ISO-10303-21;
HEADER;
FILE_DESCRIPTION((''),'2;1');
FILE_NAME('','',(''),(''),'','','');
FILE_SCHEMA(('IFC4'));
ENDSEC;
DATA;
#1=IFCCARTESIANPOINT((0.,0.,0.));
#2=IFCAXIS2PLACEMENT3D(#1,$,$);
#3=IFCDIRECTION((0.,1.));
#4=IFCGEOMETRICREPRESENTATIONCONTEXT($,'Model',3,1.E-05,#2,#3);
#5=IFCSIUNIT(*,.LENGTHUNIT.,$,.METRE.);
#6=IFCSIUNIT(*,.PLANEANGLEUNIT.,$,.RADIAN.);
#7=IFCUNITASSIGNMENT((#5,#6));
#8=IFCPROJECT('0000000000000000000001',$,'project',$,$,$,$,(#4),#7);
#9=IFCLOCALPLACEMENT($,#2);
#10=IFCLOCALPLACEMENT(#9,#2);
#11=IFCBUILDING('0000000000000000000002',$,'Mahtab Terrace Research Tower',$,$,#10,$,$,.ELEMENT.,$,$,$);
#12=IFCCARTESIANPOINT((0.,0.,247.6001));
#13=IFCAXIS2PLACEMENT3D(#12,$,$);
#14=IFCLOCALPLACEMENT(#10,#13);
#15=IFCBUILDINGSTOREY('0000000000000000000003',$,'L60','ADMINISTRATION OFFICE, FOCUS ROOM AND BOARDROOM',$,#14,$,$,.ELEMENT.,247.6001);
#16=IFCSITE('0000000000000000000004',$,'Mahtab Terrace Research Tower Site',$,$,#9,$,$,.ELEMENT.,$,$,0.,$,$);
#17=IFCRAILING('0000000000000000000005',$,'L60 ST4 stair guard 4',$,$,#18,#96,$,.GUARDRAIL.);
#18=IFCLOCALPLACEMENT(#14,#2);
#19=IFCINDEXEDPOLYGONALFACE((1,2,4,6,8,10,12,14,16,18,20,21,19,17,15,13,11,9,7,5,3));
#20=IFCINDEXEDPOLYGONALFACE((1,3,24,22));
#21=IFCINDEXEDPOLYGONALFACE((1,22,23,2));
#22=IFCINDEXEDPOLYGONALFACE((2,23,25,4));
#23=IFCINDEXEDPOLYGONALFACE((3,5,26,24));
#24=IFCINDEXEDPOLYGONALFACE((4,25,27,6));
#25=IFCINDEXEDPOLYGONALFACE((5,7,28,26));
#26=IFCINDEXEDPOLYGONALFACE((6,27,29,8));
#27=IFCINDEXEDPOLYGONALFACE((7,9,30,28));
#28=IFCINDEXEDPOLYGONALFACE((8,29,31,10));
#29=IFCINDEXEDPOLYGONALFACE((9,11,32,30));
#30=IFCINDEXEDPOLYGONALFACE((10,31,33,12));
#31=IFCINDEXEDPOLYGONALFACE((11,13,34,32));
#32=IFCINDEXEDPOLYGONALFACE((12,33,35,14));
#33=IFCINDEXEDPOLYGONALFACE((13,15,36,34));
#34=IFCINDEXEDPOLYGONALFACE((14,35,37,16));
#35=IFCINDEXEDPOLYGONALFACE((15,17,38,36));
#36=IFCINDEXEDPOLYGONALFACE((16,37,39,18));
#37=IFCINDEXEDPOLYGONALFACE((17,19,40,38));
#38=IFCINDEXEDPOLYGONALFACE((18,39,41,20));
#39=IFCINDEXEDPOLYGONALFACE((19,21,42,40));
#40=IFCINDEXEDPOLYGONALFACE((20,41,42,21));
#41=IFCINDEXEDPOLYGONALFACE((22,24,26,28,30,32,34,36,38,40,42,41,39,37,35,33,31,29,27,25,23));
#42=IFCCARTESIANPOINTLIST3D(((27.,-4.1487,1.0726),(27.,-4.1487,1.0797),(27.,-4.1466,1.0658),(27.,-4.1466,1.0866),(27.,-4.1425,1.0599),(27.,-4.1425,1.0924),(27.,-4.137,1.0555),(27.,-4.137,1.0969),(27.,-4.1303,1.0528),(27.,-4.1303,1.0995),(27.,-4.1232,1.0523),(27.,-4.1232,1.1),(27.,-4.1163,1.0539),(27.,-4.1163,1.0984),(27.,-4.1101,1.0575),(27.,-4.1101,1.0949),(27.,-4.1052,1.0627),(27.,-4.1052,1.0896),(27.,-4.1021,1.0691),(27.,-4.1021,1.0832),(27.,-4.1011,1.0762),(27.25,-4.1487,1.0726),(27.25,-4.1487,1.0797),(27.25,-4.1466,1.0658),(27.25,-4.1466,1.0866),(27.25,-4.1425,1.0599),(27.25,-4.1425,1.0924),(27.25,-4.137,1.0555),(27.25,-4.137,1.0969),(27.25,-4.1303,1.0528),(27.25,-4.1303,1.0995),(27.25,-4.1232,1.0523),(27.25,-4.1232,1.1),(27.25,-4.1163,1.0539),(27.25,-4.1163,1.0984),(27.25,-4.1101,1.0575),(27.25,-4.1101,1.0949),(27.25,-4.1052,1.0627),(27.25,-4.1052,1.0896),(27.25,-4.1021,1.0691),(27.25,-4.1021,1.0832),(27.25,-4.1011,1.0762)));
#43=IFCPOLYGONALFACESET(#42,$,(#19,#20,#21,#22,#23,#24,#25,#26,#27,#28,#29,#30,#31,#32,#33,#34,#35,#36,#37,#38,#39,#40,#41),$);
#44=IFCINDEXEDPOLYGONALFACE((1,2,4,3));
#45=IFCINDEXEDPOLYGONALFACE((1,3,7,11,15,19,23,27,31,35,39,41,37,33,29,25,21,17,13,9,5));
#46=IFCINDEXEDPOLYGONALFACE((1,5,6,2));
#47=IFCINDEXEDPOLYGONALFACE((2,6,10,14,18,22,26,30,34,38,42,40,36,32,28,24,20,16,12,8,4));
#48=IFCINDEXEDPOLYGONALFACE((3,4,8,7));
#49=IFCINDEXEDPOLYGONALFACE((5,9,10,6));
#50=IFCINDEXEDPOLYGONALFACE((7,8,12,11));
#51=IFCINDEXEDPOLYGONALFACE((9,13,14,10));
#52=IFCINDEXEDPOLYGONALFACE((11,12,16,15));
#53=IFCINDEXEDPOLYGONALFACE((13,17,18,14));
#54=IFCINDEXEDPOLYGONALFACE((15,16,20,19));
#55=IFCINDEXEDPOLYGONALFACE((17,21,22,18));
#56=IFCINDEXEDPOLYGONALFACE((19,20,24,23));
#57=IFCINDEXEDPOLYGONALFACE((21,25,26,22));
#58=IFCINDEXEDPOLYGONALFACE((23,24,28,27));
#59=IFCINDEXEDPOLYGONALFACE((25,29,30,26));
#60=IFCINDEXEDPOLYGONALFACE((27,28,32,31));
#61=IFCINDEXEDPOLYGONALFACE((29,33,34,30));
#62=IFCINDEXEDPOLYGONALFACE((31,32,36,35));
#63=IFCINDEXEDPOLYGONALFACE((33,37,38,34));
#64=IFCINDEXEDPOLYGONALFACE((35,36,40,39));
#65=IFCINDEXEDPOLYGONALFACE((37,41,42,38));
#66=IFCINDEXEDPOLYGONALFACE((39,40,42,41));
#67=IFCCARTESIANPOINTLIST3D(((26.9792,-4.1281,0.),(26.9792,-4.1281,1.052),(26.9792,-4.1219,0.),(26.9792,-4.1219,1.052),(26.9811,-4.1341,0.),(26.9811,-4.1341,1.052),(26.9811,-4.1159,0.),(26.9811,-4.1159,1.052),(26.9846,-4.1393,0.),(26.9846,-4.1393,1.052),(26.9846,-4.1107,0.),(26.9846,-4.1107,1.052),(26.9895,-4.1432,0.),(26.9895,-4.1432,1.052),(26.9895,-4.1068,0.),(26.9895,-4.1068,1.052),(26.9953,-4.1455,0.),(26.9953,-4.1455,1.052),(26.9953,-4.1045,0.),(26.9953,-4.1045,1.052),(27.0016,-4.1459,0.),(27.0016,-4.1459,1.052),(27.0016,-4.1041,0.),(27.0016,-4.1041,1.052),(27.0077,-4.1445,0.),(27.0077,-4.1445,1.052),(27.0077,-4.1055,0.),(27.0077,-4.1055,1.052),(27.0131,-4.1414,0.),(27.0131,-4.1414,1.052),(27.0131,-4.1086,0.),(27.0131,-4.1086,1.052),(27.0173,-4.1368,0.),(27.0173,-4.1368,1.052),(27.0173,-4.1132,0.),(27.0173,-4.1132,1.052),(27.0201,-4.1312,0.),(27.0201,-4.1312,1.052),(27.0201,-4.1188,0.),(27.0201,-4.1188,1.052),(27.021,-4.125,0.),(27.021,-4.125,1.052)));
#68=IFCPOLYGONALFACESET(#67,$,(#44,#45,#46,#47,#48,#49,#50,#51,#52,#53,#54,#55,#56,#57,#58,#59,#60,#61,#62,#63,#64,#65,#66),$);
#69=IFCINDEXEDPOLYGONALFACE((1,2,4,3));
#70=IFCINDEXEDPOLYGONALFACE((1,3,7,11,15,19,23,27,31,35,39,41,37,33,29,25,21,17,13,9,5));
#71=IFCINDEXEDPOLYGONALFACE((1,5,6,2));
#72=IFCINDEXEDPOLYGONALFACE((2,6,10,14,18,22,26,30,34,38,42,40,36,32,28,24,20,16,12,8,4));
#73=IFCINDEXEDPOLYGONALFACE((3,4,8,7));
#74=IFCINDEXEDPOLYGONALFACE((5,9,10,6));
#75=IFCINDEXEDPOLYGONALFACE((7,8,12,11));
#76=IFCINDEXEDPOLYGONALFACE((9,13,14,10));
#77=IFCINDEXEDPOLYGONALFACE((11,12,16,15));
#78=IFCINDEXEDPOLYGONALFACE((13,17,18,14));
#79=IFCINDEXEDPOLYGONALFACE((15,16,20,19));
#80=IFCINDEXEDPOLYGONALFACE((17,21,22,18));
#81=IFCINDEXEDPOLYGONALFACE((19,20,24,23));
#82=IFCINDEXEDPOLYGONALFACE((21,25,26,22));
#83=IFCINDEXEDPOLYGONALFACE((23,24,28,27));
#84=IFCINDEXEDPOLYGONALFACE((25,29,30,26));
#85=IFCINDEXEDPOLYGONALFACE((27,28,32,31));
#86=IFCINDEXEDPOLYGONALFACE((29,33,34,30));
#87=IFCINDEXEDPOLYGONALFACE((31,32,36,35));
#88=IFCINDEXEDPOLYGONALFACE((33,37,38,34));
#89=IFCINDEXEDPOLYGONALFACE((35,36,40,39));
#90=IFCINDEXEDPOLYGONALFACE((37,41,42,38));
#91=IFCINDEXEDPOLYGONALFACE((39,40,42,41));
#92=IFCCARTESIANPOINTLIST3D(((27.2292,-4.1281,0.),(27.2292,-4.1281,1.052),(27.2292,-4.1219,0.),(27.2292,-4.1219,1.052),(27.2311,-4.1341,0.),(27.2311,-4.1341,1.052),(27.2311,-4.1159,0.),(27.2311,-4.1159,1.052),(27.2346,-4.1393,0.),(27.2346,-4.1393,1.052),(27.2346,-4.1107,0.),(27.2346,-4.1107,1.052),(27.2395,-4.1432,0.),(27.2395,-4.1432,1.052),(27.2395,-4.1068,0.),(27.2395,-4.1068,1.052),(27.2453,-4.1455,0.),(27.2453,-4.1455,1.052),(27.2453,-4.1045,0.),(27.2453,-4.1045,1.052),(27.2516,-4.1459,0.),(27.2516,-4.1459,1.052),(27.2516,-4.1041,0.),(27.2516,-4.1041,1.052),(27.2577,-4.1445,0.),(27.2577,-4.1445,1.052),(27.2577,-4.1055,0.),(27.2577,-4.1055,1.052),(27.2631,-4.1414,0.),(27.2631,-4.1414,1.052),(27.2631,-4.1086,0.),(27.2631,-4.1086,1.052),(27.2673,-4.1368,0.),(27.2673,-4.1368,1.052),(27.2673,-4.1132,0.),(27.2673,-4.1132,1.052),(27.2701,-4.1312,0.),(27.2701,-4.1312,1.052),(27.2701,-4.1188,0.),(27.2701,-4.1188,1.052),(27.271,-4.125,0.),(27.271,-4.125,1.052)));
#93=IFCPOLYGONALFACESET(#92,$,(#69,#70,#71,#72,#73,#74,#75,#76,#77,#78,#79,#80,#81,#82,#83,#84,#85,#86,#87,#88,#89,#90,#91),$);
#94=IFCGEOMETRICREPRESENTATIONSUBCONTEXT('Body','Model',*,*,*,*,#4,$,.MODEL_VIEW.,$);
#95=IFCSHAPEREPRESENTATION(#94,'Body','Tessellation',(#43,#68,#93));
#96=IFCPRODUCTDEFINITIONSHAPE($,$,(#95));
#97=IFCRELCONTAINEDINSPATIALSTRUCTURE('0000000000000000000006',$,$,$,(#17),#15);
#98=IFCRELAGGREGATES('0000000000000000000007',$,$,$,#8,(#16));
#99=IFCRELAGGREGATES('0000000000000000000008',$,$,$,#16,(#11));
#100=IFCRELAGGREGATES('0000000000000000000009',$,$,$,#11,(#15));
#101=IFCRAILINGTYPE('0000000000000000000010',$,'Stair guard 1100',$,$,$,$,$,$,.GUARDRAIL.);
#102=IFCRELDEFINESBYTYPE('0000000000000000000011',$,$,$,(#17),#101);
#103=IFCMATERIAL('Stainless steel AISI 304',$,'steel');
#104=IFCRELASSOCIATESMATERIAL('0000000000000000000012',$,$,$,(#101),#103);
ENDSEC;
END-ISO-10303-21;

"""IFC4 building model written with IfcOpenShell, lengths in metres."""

from ifc_helpers import new_model, si_unit, direction, frame, origin, origin_2d, place, context, subcontext, project, spatial, circle, extrude, material, type_object, element, save


model = new_model("IFC4")

# Units and contexts
model_context = context("Model", 3, precision=1e-05, world=origin(), true_north=direction((0.0, 1.0)))
body_context = subcontext(model_context, "Body", "Model", "MODEL_VIEW")
ifc_project = project(units=[si_unit("LENGTHUNIT", "METRE"), si_unit("PLANEANGLEUNIT", "RADIAN")], contexts=[model_context])

# Site, building, storey
site_placement = place(None, origin())
site = spatial("IfcSite", under=ifc_project, at=site_placement, Name="Mahtab Terrace Research Tower Site", CompositionType="ELEMENT", RefElevation=0.0)
building_placement = place(site_placement, origin())
building = spatial("IfcBuilding", under=site, at=building_placement, Name="Mahtab Terrace Research Tower", CompositionType="ELEMENT")
storey_placement = place(building_placement, frame((0.0, 0.0, 247.6001)))
storey = spatial("IfcBuildingStorey", under=building, at=storey_placement, Name="L60", Description="ADMINISTRATION OFFICE, FOCUS ROOM AND BOARDROOM", CompositionType="ELEMENT", Elevation=247.6001)

# Shared definitions
ifc_material_1 = material(Name="Stainless steel AISI 304", Category="steel")

# Railing
railing_type_1 = type_object("IfcRailingType", Name="Stair guard 1100", PredefinedType="GUARDRAIL", material=ifc_material_1)
railing_1_placement = place(storey_placement, frame((27.0, -4.125, 0.0)))
element("IfcRailing", 1, at=railing_1_placement, inside=storey, type_object=railing_type_1, Name="L60 ST4 stair guard 4", PredefinedType="GUARDRAIL", context=body_context, shape_type="SweptSolid", body=[
    extrude(circle(Radius=0.0239, at=origin_2d()), frame((0.0, 0.0, 1.0762), z_axis=(1.0, 0.0, 0.0), x_axis=(0.0, 1.0, 0.0)), (0.0, 0.0, 1.0), 0.25),
    extrude(circle(Radius=0.021, at=origin_2d()), origin(), (0.0, 0.0, 1.0), 1.052),
    extrude(circle(Radius=0.021, at=origin_2d()), frame((0.25, 0.0, 0.0)), (0.0, 0.0, 1.0), 1.052),
])

save(model, "model.ifc")
